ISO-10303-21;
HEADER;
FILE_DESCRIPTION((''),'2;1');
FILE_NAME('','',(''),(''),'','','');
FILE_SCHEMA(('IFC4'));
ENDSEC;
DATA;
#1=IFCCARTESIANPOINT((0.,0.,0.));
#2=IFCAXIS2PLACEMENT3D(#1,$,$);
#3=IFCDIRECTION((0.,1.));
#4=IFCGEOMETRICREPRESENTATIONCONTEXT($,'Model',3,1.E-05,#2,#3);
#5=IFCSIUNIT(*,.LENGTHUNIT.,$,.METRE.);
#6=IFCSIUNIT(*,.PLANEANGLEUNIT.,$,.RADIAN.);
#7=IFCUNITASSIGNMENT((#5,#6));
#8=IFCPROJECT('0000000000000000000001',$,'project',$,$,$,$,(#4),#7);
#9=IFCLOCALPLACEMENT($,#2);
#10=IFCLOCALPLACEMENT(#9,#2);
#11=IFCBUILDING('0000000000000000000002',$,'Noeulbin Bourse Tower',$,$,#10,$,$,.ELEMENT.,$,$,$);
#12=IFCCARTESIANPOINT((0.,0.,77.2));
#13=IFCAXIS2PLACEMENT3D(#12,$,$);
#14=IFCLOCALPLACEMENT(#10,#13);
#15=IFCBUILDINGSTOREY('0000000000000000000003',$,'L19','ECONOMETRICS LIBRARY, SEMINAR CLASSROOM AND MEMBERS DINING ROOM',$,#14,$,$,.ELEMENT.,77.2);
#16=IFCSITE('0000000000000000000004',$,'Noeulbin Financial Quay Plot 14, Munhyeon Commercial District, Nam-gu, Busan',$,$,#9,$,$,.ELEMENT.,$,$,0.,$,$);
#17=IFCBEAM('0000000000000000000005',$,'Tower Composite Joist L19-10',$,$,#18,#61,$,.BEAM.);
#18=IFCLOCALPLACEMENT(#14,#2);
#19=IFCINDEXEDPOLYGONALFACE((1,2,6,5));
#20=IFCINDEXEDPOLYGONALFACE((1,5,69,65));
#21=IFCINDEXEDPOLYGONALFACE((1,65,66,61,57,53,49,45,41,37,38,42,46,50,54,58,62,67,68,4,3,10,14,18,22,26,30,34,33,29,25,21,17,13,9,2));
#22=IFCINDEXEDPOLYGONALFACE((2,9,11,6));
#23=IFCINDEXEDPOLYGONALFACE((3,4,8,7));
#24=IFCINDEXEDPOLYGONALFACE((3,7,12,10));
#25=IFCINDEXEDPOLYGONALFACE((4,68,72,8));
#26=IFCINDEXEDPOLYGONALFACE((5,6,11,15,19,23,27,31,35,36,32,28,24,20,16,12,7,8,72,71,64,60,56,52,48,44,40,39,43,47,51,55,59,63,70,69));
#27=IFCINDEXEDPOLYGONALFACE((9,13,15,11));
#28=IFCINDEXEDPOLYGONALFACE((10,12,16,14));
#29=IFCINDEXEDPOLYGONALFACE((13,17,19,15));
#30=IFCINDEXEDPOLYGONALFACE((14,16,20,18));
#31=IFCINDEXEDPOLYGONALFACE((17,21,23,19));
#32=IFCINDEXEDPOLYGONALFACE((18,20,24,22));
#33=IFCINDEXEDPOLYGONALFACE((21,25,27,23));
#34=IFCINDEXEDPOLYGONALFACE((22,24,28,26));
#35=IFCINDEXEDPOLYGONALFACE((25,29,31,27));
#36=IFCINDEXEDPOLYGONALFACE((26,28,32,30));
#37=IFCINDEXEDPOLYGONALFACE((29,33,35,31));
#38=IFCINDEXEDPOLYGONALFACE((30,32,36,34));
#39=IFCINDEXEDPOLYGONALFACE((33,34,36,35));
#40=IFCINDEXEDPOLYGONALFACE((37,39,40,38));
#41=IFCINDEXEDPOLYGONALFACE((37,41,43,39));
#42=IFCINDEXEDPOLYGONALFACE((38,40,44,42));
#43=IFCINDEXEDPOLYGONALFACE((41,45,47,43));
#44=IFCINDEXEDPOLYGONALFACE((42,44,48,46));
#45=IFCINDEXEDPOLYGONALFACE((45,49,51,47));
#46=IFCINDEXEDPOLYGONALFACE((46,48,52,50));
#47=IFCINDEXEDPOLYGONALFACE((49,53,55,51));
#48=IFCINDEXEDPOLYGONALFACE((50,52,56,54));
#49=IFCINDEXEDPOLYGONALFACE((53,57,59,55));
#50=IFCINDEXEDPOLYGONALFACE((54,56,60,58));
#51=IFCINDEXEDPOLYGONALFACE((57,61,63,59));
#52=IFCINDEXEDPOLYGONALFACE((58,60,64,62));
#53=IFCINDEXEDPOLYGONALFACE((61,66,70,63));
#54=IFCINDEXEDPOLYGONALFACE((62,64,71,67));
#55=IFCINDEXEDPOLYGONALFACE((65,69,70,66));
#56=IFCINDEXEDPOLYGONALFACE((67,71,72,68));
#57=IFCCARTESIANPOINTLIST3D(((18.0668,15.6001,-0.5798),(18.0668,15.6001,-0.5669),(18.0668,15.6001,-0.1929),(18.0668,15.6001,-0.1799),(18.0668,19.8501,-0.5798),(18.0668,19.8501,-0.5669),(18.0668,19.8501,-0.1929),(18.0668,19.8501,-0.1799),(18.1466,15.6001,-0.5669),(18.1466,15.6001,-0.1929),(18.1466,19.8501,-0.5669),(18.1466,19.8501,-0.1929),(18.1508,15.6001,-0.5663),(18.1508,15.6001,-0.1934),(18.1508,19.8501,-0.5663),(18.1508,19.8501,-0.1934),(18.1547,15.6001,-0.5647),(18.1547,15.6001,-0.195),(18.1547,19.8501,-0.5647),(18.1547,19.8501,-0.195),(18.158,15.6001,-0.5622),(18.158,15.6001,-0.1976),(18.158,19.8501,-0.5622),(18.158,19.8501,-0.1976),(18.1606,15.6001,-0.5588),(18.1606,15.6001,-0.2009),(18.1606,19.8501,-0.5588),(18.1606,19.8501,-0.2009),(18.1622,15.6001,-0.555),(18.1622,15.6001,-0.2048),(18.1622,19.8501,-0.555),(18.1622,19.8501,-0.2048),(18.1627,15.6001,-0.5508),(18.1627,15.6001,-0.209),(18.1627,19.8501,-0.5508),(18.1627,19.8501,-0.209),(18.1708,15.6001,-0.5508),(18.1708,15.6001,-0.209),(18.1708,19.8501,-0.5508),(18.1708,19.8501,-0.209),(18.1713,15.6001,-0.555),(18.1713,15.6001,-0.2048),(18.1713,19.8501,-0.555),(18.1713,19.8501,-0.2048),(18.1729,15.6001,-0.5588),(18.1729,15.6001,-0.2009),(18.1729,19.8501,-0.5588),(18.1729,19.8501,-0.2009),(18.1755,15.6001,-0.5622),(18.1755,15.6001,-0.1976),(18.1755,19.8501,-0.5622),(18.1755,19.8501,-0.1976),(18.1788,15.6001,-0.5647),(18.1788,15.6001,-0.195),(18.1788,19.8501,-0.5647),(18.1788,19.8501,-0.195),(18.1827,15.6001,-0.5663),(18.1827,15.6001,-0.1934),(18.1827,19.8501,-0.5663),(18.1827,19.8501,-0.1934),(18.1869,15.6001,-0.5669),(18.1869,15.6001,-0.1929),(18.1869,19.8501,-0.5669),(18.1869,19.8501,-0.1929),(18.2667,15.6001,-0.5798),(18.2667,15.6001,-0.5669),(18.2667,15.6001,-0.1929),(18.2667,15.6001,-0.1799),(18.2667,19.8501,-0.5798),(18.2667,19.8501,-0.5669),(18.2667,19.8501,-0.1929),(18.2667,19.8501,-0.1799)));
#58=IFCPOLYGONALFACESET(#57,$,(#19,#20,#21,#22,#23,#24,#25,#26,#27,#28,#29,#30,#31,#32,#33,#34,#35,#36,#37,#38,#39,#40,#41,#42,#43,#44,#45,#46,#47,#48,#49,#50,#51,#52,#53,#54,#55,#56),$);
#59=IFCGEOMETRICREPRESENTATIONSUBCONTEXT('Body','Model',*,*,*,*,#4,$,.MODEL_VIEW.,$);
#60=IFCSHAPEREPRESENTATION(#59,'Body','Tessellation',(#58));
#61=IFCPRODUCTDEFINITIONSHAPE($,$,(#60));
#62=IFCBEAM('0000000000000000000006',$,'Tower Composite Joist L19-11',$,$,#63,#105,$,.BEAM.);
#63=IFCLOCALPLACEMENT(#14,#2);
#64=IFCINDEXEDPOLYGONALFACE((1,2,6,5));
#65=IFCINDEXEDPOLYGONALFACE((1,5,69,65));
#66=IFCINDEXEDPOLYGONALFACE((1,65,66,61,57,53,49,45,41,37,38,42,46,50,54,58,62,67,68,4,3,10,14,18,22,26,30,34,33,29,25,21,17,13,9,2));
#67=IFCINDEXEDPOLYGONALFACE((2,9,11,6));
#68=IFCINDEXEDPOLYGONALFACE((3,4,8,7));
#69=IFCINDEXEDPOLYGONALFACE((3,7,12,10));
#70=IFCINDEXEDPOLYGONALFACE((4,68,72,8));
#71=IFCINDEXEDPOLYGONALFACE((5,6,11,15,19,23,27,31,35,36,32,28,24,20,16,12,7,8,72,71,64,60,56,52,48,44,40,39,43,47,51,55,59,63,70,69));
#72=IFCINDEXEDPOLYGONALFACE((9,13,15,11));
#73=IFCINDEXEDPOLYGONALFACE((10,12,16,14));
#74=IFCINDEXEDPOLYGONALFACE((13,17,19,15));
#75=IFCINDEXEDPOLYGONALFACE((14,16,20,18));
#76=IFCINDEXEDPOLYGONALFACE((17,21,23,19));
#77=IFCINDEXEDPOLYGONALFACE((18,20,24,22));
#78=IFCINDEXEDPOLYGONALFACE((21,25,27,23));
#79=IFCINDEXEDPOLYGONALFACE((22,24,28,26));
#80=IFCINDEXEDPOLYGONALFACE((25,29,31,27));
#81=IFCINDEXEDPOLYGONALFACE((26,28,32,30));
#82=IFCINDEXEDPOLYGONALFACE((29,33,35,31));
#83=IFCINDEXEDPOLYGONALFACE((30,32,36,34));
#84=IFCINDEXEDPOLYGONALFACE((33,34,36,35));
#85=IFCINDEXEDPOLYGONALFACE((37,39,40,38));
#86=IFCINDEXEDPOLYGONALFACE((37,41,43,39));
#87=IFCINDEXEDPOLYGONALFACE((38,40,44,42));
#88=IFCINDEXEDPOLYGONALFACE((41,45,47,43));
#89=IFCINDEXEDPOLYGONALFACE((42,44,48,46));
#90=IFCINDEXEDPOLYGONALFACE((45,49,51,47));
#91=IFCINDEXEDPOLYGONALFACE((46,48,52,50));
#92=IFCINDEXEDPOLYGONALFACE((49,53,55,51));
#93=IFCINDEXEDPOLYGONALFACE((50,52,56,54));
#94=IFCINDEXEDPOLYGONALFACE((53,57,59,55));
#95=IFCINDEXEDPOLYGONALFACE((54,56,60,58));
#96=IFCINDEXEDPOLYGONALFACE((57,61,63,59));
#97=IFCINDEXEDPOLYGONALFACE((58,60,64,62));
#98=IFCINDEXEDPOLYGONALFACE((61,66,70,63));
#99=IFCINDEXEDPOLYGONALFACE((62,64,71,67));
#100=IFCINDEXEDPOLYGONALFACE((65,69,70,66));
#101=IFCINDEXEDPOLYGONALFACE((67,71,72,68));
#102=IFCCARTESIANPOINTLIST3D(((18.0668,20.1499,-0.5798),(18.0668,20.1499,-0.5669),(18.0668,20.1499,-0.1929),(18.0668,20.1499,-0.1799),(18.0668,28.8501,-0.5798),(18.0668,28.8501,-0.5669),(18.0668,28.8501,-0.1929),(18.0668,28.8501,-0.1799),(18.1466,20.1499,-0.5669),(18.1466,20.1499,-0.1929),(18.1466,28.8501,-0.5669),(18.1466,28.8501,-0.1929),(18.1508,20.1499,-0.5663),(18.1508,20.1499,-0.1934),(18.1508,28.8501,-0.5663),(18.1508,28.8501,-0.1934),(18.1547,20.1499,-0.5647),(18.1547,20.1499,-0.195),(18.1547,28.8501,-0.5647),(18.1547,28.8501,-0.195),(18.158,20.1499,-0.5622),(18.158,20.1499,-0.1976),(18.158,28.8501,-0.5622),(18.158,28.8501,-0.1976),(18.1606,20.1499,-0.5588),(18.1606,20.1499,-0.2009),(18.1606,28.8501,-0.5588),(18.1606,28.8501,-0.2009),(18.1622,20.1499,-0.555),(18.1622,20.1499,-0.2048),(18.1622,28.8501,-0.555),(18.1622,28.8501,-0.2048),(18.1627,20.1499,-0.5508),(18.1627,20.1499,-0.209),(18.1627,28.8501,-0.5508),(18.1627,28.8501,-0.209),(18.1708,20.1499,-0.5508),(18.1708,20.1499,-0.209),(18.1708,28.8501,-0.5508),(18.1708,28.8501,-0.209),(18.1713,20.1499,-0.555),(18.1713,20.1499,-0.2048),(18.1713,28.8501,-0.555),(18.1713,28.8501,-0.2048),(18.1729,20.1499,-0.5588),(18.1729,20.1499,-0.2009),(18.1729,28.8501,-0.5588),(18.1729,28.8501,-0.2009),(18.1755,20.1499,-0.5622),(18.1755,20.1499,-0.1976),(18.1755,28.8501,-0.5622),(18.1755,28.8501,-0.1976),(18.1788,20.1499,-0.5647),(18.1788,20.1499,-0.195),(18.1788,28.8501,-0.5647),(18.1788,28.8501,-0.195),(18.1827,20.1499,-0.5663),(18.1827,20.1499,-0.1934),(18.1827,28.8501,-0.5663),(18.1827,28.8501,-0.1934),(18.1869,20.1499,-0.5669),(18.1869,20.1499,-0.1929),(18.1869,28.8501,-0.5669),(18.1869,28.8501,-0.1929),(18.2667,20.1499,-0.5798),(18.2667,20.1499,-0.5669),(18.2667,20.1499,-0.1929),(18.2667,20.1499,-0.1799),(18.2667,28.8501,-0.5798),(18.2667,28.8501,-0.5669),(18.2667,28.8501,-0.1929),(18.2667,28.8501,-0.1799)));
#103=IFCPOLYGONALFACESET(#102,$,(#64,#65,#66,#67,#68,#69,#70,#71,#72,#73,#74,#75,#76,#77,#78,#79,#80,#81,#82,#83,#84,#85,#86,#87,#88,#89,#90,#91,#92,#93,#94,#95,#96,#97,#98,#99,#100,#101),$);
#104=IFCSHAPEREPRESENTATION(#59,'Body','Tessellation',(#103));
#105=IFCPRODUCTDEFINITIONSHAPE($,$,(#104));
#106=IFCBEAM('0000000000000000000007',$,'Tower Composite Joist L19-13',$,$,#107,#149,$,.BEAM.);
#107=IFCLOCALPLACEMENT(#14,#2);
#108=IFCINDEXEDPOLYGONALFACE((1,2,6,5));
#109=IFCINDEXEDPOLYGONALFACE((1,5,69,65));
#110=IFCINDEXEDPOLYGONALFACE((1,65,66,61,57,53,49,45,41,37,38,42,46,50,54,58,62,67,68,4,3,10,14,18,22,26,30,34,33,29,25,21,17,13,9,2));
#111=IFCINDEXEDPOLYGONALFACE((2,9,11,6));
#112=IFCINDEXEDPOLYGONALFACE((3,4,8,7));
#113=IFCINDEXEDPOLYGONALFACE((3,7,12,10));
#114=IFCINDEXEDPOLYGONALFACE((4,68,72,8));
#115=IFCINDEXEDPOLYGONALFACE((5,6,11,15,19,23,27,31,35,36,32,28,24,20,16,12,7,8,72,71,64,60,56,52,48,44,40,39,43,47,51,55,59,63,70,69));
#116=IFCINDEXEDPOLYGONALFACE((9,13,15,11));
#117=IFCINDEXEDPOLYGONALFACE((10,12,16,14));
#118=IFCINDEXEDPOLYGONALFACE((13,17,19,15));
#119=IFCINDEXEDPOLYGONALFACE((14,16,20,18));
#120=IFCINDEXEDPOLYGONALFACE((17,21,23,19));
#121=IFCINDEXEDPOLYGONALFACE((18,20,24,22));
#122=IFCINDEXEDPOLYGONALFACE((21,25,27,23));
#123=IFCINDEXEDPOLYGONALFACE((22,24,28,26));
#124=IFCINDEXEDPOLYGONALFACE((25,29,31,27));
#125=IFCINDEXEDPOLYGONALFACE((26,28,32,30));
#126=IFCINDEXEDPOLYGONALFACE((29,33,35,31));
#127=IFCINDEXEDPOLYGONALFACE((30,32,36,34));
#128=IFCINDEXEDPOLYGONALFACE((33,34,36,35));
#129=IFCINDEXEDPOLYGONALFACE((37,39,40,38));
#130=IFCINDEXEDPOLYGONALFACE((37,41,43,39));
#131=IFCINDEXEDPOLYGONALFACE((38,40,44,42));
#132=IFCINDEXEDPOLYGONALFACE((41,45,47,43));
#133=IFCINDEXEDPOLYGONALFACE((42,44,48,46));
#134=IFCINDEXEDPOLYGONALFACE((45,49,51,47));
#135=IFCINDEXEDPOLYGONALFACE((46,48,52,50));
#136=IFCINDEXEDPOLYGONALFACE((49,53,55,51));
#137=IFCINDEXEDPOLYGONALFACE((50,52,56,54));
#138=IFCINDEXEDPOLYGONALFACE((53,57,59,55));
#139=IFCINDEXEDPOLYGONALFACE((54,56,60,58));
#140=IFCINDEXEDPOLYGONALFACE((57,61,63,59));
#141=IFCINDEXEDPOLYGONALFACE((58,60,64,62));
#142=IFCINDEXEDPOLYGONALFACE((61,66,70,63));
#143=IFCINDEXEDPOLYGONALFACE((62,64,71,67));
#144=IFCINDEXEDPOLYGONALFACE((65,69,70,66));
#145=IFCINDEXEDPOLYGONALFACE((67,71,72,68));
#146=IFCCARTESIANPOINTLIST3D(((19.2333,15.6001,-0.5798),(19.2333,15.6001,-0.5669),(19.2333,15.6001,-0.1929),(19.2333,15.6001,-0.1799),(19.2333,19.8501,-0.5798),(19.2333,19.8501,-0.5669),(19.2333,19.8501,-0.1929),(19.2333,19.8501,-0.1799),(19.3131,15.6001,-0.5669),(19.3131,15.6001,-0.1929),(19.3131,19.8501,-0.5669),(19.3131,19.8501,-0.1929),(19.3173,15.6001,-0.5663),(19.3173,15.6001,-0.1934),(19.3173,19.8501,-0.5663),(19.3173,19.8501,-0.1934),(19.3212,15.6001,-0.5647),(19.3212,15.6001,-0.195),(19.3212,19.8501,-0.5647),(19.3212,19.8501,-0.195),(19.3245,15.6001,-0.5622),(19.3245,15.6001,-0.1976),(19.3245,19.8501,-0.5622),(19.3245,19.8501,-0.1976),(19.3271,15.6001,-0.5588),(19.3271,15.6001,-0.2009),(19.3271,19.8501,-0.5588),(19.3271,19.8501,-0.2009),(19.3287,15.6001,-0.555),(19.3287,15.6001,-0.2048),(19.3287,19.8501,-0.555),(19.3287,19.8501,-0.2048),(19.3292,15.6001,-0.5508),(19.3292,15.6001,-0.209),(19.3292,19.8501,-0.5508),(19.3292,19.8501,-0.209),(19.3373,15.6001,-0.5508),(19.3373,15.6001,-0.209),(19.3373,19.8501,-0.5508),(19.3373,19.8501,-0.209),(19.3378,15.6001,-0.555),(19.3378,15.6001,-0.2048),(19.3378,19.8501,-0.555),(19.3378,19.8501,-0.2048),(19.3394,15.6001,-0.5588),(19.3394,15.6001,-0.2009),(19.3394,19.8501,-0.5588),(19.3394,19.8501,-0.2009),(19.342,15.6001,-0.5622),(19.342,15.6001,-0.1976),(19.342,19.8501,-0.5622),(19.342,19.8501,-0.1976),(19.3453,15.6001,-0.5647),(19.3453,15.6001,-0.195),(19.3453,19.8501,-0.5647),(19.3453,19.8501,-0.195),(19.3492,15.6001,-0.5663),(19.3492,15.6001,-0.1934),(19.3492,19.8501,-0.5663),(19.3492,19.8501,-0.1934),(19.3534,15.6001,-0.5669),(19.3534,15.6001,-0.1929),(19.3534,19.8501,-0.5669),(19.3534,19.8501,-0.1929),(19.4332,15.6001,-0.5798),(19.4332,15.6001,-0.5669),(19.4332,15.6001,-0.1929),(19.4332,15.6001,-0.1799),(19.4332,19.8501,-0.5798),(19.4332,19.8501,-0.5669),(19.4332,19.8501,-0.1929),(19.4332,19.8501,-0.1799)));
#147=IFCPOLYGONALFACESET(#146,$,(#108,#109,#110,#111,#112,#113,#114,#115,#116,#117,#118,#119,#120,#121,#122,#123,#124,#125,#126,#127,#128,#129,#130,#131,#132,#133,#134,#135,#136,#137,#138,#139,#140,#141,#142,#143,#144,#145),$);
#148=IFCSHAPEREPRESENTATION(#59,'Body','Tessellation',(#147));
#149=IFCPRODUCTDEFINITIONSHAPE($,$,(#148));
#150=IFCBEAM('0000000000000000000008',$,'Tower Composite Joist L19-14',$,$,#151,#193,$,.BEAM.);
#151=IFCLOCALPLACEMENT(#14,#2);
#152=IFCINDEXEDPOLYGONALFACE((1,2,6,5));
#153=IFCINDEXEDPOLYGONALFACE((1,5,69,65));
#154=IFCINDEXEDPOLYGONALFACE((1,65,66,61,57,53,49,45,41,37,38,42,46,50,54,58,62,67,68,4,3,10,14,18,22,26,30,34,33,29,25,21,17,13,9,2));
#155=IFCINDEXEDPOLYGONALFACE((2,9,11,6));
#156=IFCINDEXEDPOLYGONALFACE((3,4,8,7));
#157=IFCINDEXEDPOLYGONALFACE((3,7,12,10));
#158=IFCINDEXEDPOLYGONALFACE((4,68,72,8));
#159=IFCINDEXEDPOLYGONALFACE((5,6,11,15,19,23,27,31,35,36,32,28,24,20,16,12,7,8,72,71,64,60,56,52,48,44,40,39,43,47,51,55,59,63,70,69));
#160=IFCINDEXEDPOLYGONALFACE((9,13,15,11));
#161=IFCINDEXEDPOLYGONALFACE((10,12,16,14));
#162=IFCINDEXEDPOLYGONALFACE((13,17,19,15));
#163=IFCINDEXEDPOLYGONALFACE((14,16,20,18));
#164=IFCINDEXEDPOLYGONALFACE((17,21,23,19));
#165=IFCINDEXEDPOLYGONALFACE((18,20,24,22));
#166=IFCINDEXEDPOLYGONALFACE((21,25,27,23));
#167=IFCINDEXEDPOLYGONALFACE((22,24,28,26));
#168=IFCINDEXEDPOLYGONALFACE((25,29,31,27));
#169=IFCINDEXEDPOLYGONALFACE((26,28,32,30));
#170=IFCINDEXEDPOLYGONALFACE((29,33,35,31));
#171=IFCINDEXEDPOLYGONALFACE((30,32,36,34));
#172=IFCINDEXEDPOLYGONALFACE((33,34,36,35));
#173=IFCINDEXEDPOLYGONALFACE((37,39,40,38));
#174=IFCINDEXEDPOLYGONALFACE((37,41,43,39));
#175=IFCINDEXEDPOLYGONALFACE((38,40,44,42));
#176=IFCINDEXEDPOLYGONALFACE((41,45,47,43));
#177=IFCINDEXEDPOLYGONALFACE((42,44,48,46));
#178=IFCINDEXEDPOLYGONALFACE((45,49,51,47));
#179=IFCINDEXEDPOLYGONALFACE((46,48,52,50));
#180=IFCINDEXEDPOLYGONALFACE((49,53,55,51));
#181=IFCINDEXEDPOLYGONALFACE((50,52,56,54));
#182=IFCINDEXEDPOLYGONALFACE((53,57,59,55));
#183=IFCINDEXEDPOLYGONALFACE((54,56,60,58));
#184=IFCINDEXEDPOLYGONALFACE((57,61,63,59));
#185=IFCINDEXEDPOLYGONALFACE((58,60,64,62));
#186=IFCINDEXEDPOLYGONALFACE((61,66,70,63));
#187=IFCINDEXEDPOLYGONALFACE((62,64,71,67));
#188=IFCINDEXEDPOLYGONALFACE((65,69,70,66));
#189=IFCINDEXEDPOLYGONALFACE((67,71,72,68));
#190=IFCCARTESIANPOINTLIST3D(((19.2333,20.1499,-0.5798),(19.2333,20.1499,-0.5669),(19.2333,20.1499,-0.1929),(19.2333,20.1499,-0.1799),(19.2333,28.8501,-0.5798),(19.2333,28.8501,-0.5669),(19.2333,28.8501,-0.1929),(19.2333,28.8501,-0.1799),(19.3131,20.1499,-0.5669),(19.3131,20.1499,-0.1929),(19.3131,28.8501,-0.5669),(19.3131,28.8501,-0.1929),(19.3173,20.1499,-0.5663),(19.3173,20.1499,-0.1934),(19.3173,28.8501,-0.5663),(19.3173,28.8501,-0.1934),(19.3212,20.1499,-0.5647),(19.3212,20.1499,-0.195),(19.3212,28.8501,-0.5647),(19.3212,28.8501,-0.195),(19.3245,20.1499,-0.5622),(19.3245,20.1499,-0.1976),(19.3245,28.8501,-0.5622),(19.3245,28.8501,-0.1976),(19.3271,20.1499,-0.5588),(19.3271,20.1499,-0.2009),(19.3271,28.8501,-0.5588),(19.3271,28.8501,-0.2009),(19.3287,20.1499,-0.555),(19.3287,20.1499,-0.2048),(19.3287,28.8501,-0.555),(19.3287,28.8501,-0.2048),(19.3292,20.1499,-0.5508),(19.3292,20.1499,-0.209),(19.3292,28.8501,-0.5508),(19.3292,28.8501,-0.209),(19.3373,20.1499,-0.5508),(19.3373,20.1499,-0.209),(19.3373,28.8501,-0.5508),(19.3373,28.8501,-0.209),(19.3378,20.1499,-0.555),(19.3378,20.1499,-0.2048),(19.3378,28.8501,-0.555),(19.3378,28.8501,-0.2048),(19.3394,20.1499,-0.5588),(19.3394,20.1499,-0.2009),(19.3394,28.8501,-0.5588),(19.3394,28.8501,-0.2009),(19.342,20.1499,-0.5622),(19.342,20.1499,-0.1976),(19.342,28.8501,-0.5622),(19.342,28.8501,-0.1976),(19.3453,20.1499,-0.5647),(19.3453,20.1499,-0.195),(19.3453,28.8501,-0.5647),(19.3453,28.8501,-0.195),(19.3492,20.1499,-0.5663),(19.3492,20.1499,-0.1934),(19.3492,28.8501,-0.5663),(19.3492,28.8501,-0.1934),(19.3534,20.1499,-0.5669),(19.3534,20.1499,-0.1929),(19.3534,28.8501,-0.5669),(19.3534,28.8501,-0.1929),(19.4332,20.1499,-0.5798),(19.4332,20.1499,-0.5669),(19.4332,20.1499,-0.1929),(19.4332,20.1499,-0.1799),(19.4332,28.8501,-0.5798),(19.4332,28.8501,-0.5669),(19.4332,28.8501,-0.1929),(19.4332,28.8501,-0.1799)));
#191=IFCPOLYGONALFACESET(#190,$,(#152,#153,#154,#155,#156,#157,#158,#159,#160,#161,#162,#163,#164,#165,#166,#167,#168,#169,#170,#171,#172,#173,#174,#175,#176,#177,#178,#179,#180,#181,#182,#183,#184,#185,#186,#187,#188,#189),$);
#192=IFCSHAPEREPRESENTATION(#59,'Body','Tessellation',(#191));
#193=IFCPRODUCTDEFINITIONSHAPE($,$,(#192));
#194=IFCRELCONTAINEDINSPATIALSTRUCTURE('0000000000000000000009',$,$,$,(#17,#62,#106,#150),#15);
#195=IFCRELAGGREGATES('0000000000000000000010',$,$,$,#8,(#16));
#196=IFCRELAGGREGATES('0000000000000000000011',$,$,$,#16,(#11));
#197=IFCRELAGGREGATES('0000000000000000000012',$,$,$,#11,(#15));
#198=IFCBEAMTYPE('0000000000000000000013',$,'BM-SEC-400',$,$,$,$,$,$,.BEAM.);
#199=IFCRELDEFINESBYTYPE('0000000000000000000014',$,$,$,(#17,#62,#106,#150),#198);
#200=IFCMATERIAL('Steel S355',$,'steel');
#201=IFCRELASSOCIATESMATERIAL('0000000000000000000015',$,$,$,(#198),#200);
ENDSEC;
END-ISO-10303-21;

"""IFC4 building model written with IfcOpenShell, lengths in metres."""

from ifc_helpers import new_model, si_unit, direction, frame, origin, origin_2d, place, context, subcontext, project, spatial, i_section, extrude, material, material_profile, profile_set, type_object, element, save


model = new_model("IFC4")

# Units and contexts
model_context = context("Model", 3, precision=1e-05, world=origin(), true_north=direction((0.0, 1.0)))
body_context = subcontext(model_context, "Body", "Model", "MODEL_VIEW")
ifc_project = project(units=[si_unit("LENGTHUNIT", "METRE"), si_unit("PLANEANGLEUNIT", "RADIAN")], contexts=[model_context])

# Site, building, storey
site_placement = place(None, origin())
site = spatial("IfcSite", under=ifc_project, at=site_placement, Name="Noeulbin Financial Quay Plot 14, Munhyeon Commercial District, Nam-gu, Busan", CompositionType="ELEMENT", RefElevation=0.0)
building_placement = place(site_placement, origin())
building = spatial("IfcBuilding", under=site, at=building_placement, Name="Noeulbin Bourse Tower", CompositionType="ELEMENT")
storey_placement = place(building_placement, frame((0.0, 0.0, 77.2)))
storey = spatial("IfcBuildingStorey", under=building, at=storey_placement, Name="L19", Description="ECONOMETRICS LIBRARY, SEMINAR CLASSROOM AND MEMBERS DINING ROOM", CompositionType="ELEMENT", Elevation=77.2)

# Shared definitions
ifc_material_1 = material(Name="Steel S355", Category="steel")

# Beams
ifc_material_profile_1 = material_profile(ifc_material_1, i_section(OverallWidth=0.2, OverallDepth=0.3999, WebThickness=0.0081, FlangeThickness=0.0129, FilletRadius=0.0161, at=origin_2d()), Name="H-400x200x8x13", Category="LoadBearing")
ifc_profile_set_1 = profile_set([ifc_material_profile_1], Name="Steel S355")
beam_type_1 = type_object("IfcBeamType", Name="BM-SEC-400", PredefinedType="BEAM", material=ifc_profile_set_1)
beam_1_placement = place(storey_placement, frame((18.1667, 15.6001, -0.3799), z_axis=(0.0, 1.0, 0.0), x_axis=(-1.0, 0.0, 0.0)))
element("IfcBeam", 1, at=beam_1_placement, inside=storey, type_object=beam_type_1, Name="Tower Composite Joist L19-10", PredefinedType="BEAM", context=body_context, shape_type="SweptSolid", body=[
    extrude(i_section(OverallWidth=0.2, OverallDepth=0.3999, WebThickness=0.0081, FlangeThickness=0.0129, FilletRadius=0.0161, at=origin_2d()), origin(), (0.0, 0.0, 1.0), 4.25),
])
beam_2_placement = place(storey_placement, frame((18.1667, 20.1499, -0.3799), z_axis=(0.0, 1.0, 0.0), x_axis=(-1.0, 0.0, 0.0)))
element("IfcBeam", 2, at=beam_2_placement, inside=storey, type_object=beam_type_1, Name="Tower Composite Joist L19-11", PredefinedType="BEAM", context=body_context, shape_type="SweptSolid", body=[
    extrude(i_section(OverallWidth=0.2, OverallDepth=0.3999, WebThickness=0.0081, FlangeThickness=0.0129, FilletRadius=0.0161, at=origin_2d()), origin(), (0.0, 0.0, 1.0), 8.7002),
])
beam_3_placement = place(storey_placement, frame((19.3333, 15.6001, -0.3799), z_axis=(0.0, 1.0, 0.0), x_axis=(-1.0, 0.0, 0.0)))
element("IfcBeam", 3, at=beam_3_placement, inside=storey, type_object=beam_type_1, Name="Tower Composite Joist L19-13", PredefinedType="BEAM", context=body_context, shape_type="SweptSolid", body=[
    extrude(i_section(OverallWidth=0.2, OverallDepth=0.3999, WebThickness=0.0081, FlangeThickness=0.0129, FilletRadius=0.0161, at=origin_2d()), origin(), (0.0, 0.0, 1.0), 4.25),
])
beam_4_placement = place(storey_placement, frame((19.3333, 20.1499, -0.3799), z_axis=(0.0, 1.0, 0.0), x_axis=(-1.0, 0.0, 0.0)))
element("IfcBeam", 4, at=beam_4_placement, inside=storey, type_object=beam_type_1, Name="Tower Composite Joist L19-14", PredefinedType="BEAM", context=body_context, shape_type="SweptSolid", body=[
    extrude(i_section(OverallWidth=0.2, OverallDepth=0.3999, WebThickness=0.0081, FlangeThickness=0.0129, FilletRadius=0.0161, at=origin_2d()), origin(), (0.0, 0.0, 1.0), 8.7002),
])

save(model, "model.ifc")
